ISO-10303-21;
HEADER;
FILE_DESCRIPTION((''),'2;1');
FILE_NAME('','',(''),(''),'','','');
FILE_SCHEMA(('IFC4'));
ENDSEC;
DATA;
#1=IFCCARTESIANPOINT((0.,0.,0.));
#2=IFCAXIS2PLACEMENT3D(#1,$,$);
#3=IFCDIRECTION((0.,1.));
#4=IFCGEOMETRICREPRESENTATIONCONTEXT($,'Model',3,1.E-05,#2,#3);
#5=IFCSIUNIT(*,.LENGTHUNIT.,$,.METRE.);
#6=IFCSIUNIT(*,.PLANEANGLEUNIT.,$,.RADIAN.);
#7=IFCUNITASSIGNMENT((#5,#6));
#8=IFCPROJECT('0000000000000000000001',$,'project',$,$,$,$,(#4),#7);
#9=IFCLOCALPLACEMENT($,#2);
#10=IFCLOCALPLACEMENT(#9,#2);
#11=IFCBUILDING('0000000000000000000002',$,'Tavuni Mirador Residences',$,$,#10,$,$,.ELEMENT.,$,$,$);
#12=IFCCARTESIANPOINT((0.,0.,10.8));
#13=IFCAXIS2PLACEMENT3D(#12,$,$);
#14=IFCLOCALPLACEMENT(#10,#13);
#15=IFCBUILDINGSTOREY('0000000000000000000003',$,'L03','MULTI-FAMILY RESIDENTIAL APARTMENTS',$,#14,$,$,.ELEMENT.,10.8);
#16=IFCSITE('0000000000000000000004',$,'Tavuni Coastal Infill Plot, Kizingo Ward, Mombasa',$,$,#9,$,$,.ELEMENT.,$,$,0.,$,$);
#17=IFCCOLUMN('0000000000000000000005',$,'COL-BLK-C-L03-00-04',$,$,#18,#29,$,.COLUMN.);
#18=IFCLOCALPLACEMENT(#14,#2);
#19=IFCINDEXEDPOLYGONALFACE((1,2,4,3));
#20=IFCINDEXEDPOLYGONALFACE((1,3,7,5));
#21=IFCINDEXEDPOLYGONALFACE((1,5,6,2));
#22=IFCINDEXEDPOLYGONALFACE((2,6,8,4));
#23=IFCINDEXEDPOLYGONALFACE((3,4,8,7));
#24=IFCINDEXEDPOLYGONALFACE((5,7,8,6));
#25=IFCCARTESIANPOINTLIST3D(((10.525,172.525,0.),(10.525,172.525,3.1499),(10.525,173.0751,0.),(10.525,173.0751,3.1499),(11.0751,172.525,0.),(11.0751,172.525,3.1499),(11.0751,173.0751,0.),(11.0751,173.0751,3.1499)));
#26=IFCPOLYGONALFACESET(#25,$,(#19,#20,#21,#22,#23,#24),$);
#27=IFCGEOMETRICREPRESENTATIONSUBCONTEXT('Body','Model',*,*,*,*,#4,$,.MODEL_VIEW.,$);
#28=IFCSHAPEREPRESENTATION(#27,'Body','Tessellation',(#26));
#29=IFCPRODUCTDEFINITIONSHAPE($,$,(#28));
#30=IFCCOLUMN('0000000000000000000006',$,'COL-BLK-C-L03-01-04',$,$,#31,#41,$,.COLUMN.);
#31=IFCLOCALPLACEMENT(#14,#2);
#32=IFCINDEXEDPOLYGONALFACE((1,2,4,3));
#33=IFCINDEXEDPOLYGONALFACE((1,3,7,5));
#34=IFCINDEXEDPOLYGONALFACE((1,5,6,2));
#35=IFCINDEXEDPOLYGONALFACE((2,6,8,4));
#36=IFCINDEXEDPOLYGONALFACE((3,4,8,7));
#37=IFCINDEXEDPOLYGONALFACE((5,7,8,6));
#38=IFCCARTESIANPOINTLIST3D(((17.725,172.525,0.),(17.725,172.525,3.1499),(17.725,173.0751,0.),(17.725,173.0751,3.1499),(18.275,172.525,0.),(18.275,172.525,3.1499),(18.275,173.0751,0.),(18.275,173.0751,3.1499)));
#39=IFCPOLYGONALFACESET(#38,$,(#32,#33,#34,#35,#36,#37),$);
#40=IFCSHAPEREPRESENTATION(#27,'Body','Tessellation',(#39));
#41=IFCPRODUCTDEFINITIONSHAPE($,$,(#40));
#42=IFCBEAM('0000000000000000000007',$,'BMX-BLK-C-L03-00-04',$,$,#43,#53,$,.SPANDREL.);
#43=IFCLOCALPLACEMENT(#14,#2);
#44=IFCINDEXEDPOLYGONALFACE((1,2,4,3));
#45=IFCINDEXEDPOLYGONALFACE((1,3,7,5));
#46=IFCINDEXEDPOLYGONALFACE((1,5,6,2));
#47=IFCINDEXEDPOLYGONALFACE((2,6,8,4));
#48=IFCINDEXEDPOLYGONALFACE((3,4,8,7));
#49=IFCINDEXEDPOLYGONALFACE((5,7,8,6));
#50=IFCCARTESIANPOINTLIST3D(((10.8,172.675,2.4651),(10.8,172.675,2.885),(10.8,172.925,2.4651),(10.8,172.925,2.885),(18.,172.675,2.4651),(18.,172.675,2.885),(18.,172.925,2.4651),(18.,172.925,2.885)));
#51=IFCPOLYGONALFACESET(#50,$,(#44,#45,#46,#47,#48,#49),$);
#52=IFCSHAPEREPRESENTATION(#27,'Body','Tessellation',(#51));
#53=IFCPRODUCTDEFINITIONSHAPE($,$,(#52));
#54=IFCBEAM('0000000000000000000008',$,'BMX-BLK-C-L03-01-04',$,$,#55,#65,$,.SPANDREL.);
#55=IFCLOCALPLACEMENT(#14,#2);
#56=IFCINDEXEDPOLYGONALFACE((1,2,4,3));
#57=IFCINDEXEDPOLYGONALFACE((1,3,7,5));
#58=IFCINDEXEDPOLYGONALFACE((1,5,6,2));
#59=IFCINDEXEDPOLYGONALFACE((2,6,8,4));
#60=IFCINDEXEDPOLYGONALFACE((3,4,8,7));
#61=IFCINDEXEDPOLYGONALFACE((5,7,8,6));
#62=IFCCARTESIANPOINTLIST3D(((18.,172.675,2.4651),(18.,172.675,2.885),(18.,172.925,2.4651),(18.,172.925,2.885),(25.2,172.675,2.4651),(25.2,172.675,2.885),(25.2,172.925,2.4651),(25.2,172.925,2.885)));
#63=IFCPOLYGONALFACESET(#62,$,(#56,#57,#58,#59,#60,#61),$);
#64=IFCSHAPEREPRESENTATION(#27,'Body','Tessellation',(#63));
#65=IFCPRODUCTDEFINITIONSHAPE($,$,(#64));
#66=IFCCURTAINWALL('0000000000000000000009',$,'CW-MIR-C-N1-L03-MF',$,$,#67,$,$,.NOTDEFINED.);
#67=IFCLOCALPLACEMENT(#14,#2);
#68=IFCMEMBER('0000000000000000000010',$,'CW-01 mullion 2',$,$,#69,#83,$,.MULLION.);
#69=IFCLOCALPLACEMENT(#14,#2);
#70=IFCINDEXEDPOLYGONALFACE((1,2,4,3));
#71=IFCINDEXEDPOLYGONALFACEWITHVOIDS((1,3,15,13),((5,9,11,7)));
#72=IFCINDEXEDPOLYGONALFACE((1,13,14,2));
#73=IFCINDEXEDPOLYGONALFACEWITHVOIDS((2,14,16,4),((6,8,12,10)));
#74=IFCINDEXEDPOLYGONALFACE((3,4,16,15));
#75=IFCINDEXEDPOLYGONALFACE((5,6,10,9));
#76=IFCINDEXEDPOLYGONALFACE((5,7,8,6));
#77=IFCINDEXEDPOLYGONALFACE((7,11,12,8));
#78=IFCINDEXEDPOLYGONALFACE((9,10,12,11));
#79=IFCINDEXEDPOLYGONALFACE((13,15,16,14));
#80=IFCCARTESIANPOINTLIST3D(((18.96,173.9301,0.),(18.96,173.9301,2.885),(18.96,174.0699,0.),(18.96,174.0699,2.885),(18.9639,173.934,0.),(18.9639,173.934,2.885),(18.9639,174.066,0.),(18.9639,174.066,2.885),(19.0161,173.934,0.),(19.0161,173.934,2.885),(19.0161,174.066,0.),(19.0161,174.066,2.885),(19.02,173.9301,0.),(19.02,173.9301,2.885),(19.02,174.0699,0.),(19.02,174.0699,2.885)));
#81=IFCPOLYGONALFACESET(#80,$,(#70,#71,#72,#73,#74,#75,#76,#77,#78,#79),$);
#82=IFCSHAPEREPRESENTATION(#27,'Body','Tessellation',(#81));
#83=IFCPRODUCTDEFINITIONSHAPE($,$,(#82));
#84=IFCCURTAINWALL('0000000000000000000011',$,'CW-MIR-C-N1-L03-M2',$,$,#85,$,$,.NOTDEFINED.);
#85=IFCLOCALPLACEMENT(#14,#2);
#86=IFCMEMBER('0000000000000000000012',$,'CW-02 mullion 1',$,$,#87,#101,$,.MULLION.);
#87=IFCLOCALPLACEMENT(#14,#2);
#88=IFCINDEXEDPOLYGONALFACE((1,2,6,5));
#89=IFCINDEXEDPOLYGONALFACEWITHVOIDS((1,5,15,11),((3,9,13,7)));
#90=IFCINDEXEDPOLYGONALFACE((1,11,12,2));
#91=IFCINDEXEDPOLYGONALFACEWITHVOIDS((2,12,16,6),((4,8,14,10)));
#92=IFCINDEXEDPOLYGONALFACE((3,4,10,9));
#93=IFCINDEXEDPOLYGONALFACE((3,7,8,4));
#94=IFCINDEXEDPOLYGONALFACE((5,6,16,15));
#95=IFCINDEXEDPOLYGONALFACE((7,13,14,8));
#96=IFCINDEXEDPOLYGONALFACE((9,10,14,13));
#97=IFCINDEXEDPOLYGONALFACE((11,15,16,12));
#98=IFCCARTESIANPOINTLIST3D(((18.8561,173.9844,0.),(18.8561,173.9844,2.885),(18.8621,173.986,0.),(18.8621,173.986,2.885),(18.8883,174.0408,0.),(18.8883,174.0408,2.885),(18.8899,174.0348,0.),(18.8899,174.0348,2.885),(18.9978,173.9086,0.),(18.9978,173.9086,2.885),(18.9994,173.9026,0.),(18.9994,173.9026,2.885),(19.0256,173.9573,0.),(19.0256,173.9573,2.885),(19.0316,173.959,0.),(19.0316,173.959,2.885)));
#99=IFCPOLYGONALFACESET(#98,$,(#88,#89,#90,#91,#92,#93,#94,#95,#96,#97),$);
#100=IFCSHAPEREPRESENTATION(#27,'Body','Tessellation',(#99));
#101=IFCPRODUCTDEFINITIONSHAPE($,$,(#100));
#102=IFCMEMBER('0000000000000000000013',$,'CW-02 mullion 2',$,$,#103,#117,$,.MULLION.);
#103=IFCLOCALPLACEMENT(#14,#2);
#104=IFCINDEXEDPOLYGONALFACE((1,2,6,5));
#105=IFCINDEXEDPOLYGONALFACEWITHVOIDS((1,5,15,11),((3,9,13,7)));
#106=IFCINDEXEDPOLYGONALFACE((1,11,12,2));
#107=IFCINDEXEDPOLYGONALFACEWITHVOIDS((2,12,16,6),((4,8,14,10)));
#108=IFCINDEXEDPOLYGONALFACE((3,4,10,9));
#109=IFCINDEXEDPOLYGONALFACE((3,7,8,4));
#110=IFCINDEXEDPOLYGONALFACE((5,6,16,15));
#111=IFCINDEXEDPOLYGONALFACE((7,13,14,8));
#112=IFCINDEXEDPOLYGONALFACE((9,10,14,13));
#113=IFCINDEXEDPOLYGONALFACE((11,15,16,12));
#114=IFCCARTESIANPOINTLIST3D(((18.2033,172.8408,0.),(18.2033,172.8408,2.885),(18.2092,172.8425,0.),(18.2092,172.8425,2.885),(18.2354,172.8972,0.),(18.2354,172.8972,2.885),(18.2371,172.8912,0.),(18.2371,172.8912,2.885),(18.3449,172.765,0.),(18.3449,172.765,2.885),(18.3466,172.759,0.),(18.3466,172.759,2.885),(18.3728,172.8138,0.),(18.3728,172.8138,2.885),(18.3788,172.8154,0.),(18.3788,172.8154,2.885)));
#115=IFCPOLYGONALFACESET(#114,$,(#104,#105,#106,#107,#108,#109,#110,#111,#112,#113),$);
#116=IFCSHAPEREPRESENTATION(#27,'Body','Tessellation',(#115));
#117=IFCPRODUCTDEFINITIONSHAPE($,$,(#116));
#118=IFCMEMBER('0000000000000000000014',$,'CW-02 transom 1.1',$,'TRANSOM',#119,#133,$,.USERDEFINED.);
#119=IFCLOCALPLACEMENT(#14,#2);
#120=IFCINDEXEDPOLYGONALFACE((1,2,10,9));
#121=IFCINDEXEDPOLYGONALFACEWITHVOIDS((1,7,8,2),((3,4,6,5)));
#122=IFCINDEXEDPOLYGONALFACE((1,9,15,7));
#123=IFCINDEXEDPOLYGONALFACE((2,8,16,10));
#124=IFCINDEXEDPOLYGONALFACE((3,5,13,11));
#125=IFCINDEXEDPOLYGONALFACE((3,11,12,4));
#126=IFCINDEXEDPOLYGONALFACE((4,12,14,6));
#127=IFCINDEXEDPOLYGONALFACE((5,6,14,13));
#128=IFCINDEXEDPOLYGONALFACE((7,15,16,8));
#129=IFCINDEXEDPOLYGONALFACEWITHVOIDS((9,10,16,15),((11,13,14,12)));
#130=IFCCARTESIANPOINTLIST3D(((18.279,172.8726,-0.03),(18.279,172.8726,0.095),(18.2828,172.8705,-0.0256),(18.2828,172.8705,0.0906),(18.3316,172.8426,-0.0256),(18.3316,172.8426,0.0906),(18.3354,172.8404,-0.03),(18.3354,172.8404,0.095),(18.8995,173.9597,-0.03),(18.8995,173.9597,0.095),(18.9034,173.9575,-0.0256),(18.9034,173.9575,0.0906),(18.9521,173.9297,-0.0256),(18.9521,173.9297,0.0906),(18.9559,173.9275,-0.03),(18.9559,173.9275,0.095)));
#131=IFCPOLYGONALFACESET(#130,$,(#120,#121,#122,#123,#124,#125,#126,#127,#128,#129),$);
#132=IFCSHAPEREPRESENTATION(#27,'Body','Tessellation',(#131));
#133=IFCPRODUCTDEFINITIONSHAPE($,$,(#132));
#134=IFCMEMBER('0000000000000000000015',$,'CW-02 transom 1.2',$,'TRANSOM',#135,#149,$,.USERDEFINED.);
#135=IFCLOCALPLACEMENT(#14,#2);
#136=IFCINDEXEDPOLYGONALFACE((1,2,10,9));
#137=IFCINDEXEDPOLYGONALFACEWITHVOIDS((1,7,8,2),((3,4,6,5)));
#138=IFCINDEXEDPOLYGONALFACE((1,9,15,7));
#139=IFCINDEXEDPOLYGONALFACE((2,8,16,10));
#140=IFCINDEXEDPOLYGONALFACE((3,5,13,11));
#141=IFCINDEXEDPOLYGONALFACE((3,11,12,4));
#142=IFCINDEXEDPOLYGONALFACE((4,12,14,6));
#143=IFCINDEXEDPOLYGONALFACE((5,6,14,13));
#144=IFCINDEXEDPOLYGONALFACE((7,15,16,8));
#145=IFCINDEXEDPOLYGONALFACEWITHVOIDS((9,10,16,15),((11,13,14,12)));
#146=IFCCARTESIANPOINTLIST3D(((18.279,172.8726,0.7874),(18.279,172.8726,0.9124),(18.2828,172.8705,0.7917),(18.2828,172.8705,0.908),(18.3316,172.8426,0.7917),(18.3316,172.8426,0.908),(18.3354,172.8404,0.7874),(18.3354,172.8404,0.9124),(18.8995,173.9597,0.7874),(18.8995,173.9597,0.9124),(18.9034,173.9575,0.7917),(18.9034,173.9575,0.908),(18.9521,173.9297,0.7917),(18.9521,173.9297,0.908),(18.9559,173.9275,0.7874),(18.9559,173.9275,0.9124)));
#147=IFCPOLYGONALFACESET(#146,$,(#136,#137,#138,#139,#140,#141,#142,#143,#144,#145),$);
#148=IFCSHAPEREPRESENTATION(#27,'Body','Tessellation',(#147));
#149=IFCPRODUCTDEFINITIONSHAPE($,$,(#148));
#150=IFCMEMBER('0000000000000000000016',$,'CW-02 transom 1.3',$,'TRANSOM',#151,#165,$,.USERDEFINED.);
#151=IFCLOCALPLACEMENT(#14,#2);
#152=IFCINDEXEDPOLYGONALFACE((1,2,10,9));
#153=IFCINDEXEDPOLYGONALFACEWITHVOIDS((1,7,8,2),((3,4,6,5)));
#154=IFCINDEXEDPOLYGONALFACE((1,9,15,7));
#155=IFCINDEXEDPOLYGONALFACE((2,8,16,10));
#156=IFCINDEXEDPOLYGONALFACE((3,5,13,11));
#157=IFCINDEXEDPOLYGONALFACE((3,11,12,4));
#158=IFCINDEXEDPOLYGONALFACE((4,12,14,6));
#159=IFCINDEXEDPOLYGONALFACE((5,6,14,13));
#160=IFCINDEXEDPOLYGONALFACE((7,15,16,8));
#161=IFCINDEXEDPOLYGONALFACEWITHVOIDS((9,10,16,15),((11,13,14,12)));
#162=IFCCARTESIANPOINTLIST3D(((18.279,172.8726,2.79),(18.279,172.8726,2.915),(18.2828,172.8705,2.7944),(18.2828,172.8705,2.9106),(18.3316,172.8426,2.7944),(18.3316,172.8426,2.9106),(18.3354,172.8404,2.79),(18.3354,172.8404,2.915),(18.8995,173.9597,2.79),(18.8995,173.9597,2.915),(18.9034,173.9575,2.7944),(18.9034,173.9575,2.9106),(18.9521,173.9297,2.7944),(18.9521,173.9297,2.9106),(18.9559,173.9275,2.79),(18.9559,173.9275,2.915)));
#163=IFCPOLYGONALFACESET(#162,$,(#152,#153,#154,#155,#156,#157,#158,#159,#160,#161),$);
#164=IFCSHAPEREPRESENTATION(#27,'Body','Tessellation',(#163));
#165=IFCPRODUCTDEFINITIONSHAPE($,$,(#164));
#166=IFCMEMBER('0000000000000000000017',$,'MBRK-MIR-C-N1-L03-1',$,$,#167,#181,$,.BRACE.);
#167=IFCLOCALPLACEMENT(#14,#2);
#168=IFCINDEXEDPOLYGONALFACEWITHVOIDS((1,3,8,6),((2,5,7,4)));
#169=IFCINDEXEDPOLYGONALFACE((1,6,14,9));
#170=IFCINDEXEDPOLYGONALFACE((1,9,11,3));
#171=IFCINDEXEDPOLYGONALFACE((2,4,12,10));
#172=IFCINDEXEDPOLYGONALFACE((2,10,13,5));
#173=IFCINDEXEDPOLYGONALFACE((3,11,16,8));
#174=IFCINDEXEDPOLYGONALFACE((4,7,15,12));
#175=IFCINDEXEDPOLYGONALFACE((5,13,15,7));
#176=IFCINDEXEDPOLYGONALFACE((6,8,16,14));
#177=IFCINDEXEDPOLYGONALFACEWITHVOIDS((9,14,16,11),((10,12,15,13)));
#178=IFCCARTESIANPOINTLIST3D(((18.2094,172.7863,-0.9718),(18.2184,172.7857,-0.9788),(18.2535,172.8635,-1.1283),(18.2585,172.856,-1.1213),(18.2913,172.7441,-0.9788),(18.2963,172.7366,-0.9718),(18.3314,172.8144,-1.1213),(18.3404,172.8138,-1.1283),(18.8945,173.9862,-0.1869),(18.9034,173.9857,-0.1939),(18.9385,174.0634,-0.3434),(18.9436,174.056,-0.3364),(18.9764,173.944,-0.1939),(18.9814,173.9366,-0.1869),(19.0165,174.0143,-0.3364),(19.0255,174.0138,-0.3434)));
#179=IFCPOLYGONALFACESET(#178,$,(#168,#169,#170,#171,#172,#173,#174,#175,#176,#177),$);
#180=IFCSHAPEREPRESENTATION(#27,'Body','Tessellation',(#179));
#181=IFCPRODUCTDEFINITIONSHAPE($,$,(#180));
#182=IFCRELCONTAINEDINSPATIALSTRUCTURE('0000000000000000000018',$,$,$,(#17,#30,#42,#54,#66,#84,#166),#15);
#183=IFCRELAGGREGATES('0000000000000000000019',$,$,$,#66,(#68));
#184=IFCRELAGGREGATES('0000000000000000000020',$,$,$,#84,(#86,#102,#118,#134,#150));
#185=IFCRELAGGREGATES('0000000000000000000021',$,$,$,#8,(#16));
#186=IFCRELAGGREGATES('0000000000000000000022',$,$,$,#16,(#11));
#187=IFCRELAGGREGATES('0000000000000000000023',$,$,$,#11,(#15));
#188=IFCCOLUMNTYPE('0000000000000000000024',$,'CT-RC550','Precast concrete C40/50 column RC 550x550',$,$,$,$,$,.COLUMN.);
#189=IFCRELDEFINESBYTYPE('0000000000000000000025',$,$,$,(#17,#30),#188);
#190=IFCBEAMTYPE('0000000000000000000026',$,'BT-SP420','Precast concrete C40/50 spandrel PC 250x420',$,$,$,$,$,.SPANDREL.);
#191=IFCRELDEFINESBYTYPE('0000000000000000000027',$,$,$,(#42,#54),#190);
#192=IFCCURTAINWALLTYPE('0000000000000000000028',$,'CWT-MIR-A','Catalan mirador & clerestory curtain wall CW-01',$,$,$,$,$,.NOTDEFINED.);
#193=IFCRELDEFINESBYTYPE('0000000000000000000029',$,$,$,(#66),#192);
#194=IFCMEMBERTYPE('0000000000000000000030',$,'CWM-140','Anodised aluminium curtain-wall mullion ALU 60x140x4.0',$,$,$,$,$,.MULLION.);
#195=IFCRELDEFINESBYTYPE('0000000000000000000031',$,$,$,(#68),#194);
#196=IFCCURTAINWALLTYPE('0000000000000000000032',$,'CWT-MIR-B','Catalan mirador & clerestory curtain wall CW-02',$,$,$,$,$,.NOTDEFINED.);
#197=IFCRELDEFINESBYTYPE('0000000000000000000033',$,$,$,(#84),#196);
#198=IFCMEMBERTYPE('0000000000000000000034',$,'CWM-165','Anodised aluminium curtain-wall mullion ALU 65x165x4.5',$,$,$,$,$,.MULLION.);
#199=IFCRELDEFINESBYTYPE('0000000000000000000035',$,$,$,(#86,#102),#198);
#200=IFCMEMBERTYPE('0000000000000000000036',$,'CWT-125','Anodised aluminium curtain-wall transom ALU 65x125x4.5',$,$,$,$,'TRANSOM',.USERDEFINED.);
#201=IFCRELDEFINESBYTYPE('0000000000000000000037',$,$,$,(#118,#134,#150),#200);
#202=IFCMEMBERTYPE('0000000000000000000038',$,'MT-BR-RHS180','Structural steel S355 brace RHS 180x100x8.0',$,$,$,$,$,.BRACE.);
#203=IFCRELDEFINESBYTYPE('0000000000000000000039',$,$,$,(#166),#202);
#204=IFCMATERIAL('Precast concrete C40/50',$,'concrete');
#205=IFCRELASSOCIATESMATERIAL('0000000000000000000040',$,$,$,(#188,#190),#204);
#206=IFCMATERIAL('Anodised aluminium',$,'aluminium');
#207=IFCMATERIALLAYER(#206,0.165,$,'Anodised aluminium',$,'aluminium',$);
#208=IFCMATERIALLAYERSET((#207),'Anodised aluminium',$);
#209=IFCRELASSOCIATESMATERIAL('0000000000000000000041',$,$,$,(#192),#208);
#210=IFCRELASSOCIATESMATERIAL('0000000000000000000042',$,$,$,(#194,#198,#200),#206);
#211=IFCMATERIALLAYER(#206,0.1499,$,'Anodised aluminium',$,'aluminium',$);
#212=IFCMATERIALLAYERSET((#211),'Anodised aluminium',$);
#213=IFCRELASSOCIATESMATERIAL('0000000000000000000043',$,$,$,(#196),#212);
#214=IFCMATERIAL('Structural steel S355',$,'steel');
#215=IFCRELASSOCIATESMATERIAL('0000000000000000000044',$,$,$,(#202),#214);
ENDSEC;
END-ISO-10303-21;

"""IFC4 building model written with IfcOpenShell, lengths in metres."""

from ifc_helpers import new_model, si_unit, direction, frame, origin, origin_2d, place, context, subcontext, project, spatial, rectangle, hollow_rectangle, extrude, material, layer, layer_set, material_profile, profile_set, type_object, element, aggregate, save


model = new_model("IFC4")

# Units and contexts
model_context = context("Model", 3, precision=1e-05, world=origin(), true_north=direction((0.0, 1.0)))
body_context = subcontext(model_context, "Body", "Model", "MODEL_VIEW")
ifc_project = project(units=[si_unit("LENGTHUNIT", "METRE"), si_unit("PLANEANGLEUNIT", "RADIAN")], contexts=[model_context])

# Site, building, storey
site_placement = place(None, origin())
site = spatial("IfcSite", under=ifc_project, at=site_placement, Name="Tavuni Coastal Infill Plot, Kizingo Ward, Mombasa", CompositionType="ELEMENT", RefElevation=0.0)
building_placement = place(site_placement, origin())
building = spatial("IfcBuilding", under=site, at=building_placement, Name="Tavuni Mirador Residences", CompositionType="ELEMENT")
storey_placement = place(building_placement, frame((0.0, 0.0, 10.8)))
storey = spatial("IfcBuildingStorey", under=building, at=storey_placement, Name="L03", Description="MULTI-FAMILY RESIDENTIAL APARTMENTS", CompositionType="ELEMENT", Elevation=10.8)

# Columns
ifc_material_1 = material(Name="Precast concrete C40/50", Category="concrete")
ifc_material_profile_1 = material_profile(ifc_material_1, rectangle(XDim=0.55, YDim=0.55, at=origin_2d()), Name="RC 550x550", Category="concrete")
ifc_profile_set_1 = profile_set([ifc_material_profile_1], Name="Precast concrete C40/50")
column_type = type_object("IfcColumnType", Name="CT-RC550", Description="Precast concrete C40/50 column RC 550x550", PredefinedType="COLUMN", material=ifc_profile_set_1)
for number, where, z_axis, x_axis, name in (
    (1, (10.8, 172.8, 0.0), (0.0, 0.0, 1.0), (1.0, 0.0, 0.0), "COL-BLK-C-L03-00-04"),
    (2, (18.0, 172.8, 0.0), (0.0, 0.0, 1.0), (1.0, 0.0, 0.0), "COL-BLK-C-L03-01-04"),
):
    element("IfcColumn", number, at=place(storey_placement, frame(where, z_axis=z_axis, x_axis=x_axis)), inside=storey, type_object=column_type, Name=name, PredefinedType="COLUMN", context=body_context, shape_type="SweptSolid", body=[
        extrude(rectangle(XDim=0.55, YDim=0.55, at=origin_2d()), origin(), (0.0, 0.0, 1.0), 3.1499),
    ])

# Beams
ifc_material_profile_2 = material_profile(ifc_material_1, rectangle(XDim=0.25, YDim=0.4199, at=origin_2d()), Name="PC 250x420", Category="concrete")
ifc_profile_set_2 = profile_set([ifc_material_profile_2], Name="Precast concrete C40/50")
beam_type = type_object("IfcBeamType", Name="BT-SP420", Description="Precast concrete C40/50 spandrel PC 250x420", PredefinedType="SPANDREL", material=ifc_profile_set_2)
for number, where, z_axis, x_axis, name in (
    (3, (10.8, 172.8, 2.675), (1.0, 0.0, 0.0), (0.0, 1.0, 0.0), "BMX-BLK-C-L03-00-04"),
    (4, (18.0, 172.8, 2.675), (1.0, 0.0, 0.0), (0.0, 1.0, 0.0), "BMX-BLK-C-L03-01-04"),
):
    element("IfcBeam", number, at=place(storey_placement, frame(where, z_axis=z_axis, x_axis=x_axis)), inside=storey, type_object=beam_type, Name=name, PredefinedType="SPANDREL", context=body_context, shape_type="SweptSolid", body=[
        extrude(rectangle(XDim=0.25, YDim=0.4199, at=origin_2d()), origin(), (0.0, 0.0, 1.0), 7.2),
    ])

# Curtain wall, member
ifc_material_2 = material(Name="Anodised aluminium", Category="aluminium")
ifc_layer_1 = layer(ifc_material_2, 0.165, Name="Anodised aluminium", Category="aluminium")
ifc_layer_set_1 = layer_set([ifc_layer_1], Name="Anodised aluminium")
curtain_wall_type_1 = type_object("IfcCurtainWallType", Name="CWT-MIR-A", Description="Catalan mirador & clerestory curtain wall CW-01", PredefinedType="NOTDEFINED", material=ifc_layer_set_1)
curtain_wall_1_placement = place(storey_placement, origin())
curtain_wall_1 = element("IfcCurtainWall", 5, at=curtain_wall_1_placement, inside=storey, type_object=curtain_wall_type_1, Name="CW-MIR-C-N1-L03-MF", PredefinedType="NOTDEFINED")
ifc_material_profile_3 = material_profile(ifc_material_2, hollow_rectangle(XDim=0.0601, YDim=0.1399, WallThickness=0.0039, at=origin_2d()), Name="ALU 60x140x4.0", Category="aluminium")
ifc_profile_set_3 = profile_set([ifc_material_profile_3], Name="Anodised aluminium")
member_type_1 = type_object("IfcMemberType", Name="CWM-140", Description="Anodised aluminium curtain-wall mullion ALU 60x140x4.0", PredefinedType="MULLION", material=ifc_profile_set_3)
member_1_placement = place(storey_placement, frame((18.99, 174.0, 0.0), z_axis=(0.0, 0.0, 1.0), x_axis=(-1.0, 0.0, 0.0)))
member_1 = element("IfcMember", 6, at=member_1_placement, type_object=member_type_1, Name="CW-01 mullion 2", PredefinedType="MULLION", context=body_context, shape_type="SweptSolid", body=[
    extrude(hollow_rectangle(XDim=0.0601, YDim=0.1399, WallThickness=0.0039, at=origin_2d()), origin(), (0.0, 0.0, 1.0), 2.885),
])

# Curtain wall, members
ifc_layer_2 = layer(ifc_material_2, 0.1499, Name="Anodised aluminium", Category="aluminium")
ifc_layer_set_2 = layer_set([ifc_layer_2], Name="Anodised aluminium")
curtain_wall_type_2 = type_object("IfcCurtainWallType", Name="CWT-MIR-B", Description="Catalan mirador & clerestory curtain wall CW-02", PredefinedType="NOTDEFINED", material=ifc_layer_set_2)
curtain_wall_2_placement = place(storey_placement, origin())
curtain_wall_2 = element("IfcCurtainWall", 7, at=curtain_wall_2_placement, inside=storey, type_object=curtain_wall_type_2, Name="CW-MIR-C-N1-L03-M2", PredefinedType="NOTDEFINED")
ifc_material_profile_4 = material_profile(ifc_material_2, hollow_rectangle(XDim=0.0649, YDim=0.165, WallThickness=0.0044, at=origin_2d()), Name="ALU 65x165x4.5", Category="aluminium")
ifc_profile_set_4 = profile_set([ifc_material_profile_4], Name="Anodised aluminium")
member_type_2 = type_object("IfcMemberType", Name="CWM-165", Description="Anodised aluminium curtain-wall mullion ALU 65x165x4.5", PredefinedType="MULLION", material=ifc_profile_set_4)
member_2_placement = place(storey_placement, frame((18.9438, 173.9717, 0.0), z_axis=(0.0, 0.0, 1.0), x_axis=(-0.495749, -0.868466, 0.0)))
member_2 = element("IfcMember", 8, at=member_2_placement, type_object=member_type_2, Name="CW-02 mullion 1", PredefinedType="MULLION", context=body_context, shape_type="SweptSolid", body=[
    extrude(hollow_rectangle(XDim=0.0649, YDim=0.165, WallThickness=0.0044, at=origin_2d()), origin(), (0.0, 0.0, 1.0), 2.885),
])
member_3_placement = place(storey_placement, frame((18.291, 172.8281, 0.0), z_axis=(0.0, 0.0, 1.0), x_axis=(-0.495749, -0.868466, 0.0)))
member_3 = element("IfcMember", 9, at=member_3_placement, type_object=member_type_2, Name="CW-02 mullion 2", PredefinedType="MULLION", context=body_context, shape_type="SweptSolid", body=[
    extrude(hollow_rectangle(XDim=0.0649, YDim=0.165, WallThickness=0.0044, at=origin_2d()), origin(), (0.0, 0.0, 1.0), 2.885),
])
ifc_material_profile_5 = material_profile(ifc_material_2, hollow_rectangle(XDim=0.0649, YDim=0.125, WallThickness=0.0044, at=origin_2d()), Name="ALU 65x125x4.5", Category="aluminium")
ifc_profile_set_5 = profile_set([ifc_material_profile_5], Name="Anodised aluminium")
member_type_3 = type_object("IfcMemberType", Name="CWT-125", Description="Anodised aluminium curtain-wall transom ALU 65x125x4.5", ElementType="TRANSOM", PredefinedType="USERDEFINED", material=ifc_profile_set_5)
member_4_placement = place(storey_placement, frame((18.9277, 173.9436, 0.0325), z_axis=(-0.495761, -0.868459, 0.0), x_axis=(0.868459, -0.495761, 0.0)))
member_4 = element("IfcMember", 10, at=member_4_placement, type_object=member_type_3, Name="CW-02 transom 1.1", ObjectType="TRANSOM", PredefinedType="USERDEFINED", context=body_context, shape_type="SweptSolid", body=[
    extrude(hollow_rectangle(XDim=0.0649, YDim=0.125, WallThickness=0.0044, at=origin_2d()), origin(), (0.0, 0.0, 1.0), 1.2517),
])
member_5_placement = place(storey_placement, frame((18.9277, 173.9436, 0.8499), z_axis=(-0.495761, -0.868459, 0.0), x_axis=(0.868459, -0.495761, 0.0)))
member_5 = element("IfcMember", 11, at=member_5_placement, type_object=member_type_3, Name="CW-02 transom 1.2", ObjectType="TRANSOM", PredefinedType="USERDEFINED", context=body_context, shape_type="SweptSolid", body=[
    extrude(hollow_rectangle(XDim=0.0649, YDim=0.125, WallThickness=0.0044, at=origin_2d()), origin(), (0.0, 0.0, 1.0), 1.2517),
])
member_6_placement = place(storey_placement, frame((18.9277, 173.9436, 2.8525), z_axis=(-0.495761, -0.868459, 0.0), x_axis=(0.868459, -0.495761, 0.0)))
member_6 = element("IfcMember", 12, at=member_6_placement, type_object=member_type_3, Name="CW-02 transom 1.3", ObjectType="TRANSOM", PredefinedType="USERDEFINED", context=body_context, shape_type="SweptSolid", body=[
    extrude(hollow_rectangle(XDim=0.0649, YDim=0.125, WallThickness=0.0044, at=origin_2d()), origin(), (0.0, 0.0, 1.0), 1.2517),
])

# Member
ifc_material_3 = material(Name="Structural steel S355", Category="steel")
ifc_material_profile_6 = material_profile(ifc_material_3, hollow_rectangle(XDim=0.1001, YDim=0.1799, WallThickness=0.0081, at=origin_2d()), Name="RHS 180x100x8.0", Category="steel")
ifc_profile_set_6 = profile_set([ifc_material_profile_6], Name="Structural steel S355")
member_type_4 = type_object("IfcMemberType", Name="MT-BR-RHS180", Description="Structural steel S355 brace RHS 180x100x8.0", PredefinedType="BRACE", material=ifc_profile_set_6)
member_7_placement = place(storey_placement, frame((18.2749, 172.8, -1.05), z_axis=(0.431095, 0.755108, 0.493931), x_axis=(-0.868439, 0.495796, 0.0)))
element("IfcMember", 13, at=member_7_placement, inside=storey, type_object=member_type_4, Name="MBRK-MIR-C-N1-L03-1", PredefinedType="BRACE", context=body_context, shape_type="SweptSolid", body=[
    extrude(hollow_rectangle(XDim=0.1001, YDim=0.1799, WallThickness=0.0081, at=origin_2d()), origin(), (0.0, 0.0, 1.0), 1.5891),
])

aggregate(curtain_wall_1, [member_1])
aggregate(curtain_wall_2, [member_2, member_3, member_4, member_5, member_6])

save(model, "model.ifc")
